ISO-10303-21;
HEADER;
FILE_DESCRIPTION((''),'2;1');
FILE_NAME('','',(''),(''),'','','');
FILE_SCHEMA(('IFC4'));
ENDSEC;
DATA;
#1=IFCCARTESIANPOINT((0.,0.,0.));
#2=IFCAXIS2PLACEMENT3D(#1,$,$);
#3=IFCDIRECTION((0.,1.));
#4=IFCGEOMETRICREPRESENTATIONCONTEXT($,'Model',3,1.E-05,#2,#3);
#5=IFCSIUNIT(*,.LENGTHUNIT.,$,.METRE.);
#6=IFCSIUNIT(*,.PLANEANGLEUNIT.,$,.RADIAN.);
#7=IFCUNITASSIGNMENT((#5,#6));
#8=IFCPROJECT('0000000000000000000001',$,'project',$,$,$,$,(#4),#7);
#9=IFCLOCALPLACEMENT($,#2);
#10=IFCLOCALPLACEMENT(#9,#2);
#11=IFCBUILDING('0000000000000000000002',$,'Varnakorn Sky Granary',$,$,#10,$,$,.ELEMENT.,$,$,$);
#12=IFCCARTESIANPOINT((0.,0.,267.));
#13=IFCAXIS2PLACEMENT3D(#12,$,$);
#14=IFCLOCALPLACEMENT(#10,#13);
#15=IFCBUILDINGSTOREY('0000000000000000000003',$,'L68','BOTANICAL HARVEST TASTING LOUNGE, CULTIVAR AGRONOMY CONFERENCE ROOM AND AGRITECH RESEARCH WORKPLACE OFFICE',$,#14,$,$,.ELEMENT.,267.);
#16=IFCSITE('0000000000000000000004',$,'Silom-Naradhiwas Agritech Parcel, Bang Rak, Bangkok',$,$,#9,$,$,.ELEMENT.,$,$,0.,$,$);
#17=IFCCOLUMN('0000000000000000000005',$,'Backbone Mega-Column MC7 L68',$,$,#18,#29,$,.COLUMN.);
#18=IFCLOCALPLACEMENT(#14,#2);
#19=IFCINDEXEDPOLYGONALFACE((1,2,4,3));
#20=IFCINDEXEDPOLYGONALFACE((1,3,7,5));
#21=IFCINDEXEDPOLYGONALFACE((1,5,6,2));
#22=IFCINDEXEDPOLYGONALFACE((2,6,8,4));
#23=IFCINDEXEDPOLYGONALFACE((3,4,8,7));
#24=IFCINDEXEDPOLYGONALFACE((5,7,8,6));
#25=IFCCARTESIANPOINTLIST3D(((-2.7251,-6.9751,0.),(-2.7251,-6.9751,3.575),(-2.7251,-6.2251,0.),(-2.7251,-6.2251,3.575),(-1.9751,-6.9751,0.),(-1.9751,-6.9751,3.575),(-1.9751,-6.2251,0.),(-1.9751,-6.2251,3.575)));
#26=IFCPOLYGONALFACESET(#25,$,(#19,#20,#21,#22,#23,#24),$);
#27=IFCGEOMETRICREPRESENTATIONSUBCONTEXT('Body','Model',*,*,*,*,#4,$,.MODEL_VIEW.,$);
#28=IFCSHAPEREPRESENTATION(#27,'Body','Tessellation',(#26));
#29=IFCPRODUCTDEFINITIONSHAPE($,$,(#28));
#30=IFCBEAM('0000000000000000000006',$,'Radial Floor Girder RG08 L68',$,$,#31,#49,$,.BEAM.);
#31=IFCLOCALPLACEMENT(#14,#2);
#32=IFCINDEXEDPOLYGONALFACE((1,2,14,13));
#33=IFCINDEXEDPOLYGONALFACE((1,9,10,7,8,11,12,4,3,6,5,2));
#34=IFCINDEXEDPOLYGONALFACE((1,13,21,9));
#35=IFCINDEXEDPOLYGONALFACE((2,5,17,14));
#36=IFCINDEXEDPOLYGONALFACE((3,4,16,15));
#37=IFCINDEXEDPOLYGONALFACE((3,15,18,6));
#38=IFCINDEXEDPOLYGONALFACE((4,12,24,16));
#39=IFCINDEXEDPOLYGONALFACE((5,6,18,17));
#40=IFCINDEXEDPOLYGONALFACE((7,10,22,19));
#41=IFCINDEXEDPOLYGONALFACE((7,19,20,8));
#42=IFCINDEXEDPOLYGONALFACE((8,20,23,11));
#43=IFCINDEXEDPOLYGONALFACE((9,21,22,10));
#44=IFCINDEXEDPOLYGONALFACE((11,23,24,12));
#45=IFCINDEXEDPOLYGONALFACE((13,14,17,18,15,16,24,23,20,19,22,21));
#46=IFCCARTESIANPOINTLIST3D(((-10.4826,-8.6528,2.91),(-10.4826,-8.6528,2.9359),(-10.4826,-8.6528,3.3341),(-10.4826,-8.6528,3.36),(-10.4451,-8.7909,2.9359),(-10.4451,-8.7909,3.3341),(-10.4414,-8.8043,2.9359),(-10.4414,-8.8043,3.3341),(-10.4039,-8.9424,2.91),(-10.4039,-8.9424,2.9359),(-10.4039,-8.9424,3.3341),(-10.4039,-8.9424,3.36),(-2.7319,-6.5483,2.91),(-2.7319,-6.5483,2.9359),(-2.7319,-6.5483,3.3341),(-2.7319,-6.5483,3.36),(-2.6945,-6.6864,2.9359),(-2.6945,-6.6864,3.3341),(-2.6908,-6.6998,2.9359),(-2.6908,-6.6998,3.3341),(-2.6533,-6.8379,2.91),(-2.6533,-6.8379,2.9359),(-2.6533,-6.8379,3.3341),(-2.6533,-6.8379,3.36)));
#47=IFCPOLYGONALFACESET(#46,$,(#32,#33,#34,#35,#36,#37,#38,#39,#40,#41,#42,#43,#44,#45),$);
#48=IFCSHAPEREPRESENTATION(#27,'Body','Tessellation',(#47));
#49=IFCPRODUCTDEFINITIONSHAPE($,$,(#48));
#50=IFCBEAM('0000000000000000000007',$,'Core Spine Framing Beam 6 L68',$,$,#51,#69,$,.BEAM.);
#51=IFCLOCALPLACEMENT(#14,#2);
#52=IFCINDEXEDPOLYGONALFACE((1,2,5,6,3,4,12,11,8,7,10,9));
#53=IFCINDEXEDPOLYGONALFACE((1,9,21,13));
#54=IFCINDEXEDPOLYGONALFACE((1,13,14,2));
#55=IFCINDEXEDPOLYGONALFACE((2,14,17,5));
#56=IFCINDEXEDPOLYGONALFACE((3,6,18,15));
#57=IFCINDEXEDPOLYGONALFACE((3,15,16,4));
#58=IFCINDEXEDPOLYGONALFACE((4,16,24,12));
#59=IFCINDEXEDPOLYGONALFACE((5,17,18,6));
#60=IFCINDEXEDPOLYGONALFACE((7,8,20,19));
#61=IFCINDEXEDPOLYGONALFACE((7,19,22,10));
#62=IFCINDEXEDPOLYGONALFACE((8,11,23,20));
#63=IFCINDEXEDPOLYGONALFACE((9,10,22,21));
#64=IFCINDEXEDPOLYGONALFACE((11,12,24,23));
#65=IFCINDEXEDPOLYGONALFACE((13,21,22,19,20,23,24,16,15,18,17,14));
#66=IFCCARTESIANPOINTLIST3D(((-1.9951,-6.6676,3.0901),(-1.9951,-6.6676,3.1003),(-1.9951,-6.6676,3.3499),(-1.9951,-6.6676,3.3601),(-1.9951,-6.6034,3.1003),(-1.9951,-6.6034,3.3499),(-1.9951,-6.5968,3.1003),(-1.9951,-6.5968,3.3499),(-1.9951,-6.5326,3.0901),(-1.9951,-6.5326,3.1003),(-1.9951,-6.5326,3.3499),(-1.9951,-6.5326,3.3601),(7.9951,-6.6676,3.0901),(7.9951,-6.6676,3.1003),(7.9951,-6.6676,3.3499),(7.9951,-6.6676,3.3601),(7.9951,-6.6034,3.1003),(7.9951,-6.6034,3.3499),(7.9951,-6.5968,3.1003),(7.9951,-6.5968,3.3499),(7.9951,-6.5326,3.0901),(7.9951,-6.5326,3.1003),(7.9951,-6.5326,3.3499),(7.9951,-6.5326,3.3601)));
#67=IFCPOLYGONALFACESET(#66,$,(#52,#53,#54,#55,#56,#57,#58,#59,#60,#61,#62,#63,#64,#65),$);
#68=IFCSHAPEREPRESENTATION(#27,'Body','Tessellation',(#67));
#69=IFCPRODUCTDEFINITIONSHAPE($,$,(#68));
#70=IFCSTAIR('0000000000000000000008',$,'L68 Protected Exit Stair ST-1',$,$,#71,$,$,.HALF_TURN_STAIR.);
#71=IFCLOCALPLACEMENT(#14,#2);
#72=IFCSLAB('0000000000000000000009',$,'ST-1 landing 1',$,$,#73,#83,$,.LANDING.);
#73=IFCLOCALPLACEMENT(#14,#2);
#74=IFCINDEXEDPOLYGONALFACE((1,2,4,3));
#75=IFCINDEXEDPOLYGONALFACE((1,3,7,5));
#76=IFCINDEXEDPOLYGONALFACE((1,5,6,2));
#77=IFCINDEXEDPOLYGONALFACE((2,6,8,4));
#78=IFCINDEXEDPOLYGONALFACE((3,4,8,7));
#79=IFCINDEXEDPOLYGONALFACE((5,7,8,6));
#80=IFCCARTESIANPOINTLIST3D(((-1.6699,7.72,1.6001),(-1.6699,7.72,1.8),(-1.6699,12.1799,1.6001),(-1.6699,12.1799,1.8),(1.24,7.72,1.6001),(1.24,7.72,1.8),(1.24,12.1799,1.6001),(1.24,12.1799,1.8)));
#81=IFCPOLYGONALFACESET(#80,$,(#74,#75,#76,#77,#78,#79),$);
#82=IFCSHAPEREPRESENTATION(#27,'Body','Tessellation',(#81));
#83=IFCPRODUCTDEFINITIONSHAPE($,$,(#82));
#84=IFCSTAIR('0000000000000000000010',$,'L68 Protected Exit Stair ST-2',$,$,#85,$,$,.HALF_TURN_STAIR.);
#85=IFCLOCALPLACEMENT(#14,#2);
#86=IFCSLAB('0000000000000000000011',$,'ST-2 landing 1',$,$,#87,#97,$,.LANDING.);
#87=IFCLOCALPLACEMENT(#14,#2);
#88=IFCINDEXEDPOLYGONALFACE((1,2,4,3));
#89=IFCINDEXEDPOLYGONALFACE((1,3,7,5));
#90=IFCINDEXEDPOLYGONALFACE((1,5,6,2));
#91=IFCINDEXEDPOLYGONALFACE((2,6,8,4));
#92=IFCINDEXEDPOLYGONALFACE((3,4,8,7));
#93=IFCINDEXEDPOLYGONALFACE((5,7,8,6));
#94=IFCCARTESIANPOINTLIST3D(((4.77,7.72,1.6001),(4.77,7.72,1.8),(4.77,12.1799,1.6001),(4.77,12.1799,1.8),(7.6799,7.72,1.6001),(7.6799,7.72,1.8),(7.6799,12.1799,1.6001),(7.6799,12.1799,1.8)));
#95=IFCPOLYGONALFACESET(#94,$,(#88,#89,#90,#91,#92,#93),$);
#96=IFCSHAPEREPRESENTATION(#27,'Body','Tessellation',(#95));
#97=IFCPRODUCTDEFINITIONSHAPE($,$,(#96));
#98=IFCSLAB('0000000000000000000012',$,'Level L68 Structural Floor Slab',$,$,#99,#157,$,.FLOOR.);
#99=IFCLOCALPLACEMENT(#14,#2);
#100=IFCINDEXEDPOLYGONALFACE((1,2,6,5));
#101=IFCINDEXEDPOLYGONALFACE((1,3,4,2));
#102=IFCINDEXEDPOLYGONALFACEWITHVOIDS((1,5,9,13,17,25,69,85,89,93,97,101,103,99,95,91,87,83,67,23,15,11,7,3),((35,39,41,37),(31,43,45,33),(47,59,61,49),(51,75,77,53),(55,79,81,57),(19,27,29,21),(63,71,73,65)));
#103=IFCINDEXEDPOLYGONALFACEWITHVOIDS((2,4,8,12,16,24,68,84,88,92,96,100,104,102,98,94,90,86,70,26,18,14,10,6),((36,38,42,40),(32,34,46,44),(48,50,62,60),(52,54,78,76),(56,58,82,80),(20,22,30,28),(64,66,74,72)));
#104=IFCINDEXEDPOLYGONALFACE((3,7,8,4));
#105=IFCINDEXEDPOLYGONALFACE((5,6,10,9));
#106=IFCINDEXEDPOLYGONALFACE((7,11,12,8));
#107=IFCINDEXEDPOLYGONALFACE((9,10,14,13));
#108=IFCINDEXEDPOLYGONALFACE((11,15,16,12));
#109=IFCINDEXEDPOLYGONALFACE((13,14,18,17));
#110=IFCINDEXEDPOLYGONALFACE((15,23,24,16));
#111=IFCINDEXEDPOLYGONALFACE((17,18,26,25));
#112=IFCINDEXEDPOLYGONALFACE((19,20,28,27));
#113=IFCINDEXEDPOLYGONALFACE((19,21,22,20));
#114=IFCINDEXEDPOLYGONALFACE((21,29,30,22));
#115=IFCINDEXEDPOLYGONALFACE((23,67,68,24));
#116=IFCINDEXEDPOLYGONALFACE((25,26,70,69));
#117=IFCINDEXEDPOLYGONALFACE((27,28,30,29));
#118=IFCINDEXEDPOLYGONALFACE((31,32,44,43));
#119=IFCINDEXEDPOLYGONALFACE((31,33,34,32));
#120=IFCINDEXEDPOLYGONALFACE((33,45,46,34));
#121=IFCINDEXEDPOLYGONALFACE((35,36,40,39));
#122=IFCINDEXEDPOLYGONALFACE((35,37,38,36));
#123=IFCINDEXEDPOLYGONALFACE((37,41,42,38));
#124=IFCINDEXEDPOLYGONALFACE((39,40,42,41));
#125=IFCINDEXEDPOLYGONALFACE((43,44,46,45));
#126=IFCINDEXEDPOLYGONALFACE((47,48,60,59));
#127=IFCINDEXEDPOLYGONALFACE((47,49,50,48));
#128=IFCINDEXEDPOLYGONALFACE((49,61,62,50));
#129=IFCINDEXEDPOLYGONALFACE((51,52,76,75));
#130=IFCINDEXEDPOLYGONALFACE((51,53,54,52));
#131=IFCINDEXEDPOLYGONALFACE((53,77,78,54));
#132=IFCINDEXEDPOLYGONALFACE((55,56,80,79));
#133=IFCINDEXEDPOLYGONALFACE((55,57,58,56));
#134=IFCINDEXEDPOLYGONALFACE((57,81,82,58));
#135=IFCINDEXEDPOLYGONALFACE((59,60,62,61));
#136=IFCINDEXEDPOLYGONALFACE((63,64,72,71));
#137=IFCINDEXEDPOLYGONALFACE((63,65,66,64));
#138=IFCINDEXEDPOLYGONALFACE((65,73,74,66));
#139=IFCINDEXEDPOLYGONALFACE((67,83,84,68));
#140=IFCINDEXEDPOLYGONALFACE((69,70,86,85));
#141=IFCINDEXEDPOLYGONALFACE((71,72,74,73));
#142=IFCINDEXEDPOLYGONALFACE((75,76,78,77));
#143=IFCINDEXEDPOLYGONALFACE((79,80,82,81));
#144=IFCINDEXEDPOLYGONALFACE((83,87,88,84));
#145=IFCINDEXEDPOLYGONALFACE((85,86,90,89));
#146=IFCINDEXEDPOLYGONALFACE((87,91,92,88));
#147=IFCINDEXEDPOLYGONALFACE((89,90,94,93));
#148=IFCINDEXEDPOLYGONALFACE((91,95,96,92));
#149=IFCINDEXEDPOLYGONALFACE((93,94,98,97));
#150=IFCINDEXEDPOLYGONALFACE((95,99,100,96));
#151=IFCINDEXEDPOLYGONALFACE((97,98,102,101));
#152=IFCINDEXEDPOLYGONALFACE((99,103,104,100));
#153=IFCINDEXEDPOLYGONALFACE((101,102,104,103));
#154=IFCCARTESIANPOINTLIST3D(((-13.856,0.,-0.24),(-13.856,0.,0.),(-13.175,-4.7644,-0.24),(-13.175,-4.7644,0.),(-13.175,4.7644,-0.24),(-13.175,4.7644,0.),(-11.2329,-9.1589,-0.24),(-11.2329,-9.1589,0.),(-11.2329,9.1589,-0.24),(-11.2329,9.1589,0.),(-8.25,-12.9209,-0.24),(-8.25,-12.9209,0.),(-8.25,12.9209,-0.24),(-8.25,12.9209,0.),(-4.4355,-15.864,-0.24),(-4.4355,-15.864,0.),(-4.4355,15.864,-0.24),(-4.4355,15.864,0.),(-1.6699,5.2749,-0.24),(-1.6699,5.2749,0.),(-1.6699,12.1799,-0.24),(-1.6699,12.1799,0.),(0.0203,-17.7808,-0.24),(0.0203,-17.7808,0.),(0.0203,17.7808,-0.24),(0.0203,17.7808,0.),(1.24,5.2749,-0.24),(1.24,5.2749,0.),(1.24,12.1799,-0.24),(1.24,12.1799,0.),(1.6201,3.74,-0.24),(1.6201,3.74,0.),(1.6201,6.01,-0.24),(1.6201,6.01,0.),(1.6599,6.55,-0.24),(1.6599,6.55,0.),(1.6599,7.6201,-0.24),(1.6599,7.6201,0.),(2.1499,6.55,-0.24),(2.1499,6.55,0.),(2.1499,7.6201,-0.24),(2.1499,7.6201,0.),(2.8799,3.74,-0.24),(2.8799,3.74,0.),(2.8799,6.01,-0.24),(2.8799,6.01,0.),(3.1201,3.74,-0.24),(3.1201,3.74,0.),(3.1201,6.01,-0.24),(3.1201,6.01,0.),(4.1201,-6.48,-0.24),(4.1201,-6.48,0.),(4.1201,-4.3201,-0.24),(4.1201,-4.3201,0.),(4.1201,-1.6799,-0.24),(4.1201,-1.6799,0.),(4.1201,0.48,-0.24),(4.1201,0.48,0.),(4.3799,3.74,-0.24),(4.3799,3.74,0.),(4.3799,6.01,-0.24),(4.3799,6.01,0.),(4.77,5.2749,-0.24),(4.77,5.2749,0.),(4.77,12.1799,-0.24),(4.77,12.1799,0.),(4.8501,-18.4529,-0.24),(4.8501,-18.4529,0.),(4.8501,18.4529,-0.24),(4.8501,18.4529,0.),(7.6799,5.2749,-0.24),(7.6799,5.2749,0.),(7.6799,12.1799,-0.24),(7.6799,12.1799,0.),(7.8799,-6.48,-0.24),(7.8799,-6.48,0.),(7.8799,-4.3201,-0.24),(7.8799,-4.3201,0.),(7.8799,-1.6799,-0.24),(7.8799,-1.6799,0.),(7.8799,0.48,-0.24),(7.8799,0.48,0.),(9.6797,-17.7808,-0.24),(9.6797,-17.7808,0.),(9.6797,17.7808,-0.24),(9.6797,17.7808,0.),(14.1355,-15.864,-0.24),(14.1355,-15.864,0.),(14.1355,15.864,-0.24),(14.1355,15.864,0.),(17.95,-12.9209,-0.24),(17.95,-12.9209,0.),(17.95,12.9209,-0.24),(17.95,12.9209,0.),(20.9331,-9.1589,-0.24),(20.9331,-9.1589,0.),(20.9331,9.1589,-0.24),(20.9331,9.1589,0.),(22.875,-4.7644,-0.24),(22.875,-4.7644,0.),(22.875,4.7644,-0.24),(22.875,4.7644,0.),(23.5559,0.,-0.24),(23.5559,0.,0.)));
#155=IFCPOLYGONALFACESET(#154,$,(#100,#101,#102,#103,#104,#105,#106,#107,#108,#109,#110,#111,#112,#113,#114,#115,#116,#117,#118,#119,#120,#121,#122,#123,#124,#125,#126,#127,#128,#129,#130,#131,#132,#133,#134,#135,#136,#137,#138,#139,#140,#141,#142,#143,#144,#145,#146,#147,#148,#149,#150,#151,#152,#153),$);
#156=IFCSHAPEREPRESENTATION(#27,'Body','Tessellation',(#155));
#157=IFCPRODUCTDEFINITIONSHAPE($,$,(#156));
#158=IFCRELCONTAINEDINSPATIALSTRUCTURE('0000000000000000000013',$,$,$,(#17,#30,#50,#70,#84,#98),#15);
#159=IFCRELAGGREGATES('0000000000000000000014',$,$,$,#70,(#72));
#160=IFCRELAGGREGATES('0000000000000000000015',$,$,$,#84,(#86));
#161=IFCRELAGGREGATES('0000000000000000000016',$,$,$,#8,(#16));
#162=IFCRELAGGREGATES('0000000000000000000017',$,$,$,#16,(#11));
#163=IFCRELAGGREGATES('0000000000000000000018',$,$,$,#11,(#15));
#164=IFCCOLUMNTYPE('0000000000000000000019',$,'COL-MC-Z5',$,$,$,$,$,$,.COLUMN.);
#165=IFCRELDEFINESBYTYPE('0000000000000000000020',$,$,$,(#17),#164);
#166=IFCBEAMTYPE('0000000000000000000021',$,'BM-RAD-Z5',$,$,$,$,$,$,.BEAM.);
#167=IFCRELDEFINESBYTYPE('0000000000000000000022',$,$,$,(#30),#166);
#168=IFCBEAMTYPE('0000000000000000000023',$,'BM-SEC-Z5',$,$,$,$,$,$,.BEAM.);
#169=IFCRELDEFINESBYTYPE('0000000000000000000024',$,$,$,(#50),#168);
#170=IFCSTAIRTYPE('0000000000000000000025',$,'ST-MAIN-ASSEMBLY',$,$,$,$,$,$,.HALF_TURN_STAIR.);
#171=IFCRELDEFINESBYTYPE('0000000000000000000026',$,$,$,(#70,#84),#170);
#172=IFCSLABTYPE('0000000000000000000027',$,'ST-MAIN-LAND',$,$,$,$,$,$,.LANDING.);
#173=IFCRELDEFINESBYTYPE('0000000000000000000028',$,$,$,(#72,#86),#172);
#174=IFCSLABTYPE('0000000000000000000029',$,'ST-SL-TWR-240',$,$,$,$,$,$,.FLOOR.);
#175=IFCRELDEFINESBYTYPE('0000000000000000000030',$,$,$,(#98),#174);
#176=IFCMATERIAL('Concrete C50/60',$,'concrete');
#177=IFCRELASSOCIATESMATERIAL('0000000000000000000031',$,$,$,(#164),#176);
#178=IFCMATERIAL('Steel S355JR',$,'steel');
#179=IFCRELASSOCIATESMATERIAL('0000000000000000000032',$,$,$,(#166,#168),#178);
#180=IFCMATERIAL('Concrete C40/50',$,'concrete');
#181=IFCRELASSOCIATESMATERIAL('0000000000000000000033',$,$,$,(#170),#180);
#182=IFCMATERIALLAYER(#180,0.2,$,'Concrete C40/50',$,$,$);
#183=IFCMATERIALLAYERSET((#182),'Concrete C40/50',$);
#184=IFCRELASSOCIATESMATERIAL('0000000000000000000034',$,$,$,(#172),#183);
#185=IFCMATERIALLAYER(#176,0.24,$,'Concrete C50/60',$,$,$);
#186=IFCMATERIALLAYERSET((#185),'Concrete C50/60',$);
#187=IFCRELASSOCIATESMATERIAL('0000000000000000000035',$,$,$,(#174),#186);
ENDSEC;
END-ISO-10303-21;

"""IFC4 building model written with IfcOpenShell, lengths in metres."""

from ifc_helpers import new_model, si_unit, direction, frame, origin, origin_2d, place, context, subcontext, project, spatial, polyline, rectangle, i_section, outline, extrude, material, layer, layer_set, material_profile, profile_set, type_object, element, aggregate, save


model = new_model("IFC4")

# Units and contexts
model_context = context("Model", 3, precision=1e-05, world=origin(), true_north=direction((0.0, 1.0)))
body_context = subcontext(model_context, "Body", "Model", "MODEL_VIEW")
ifc_project = project(units=[si_unit("LENGTHUNIT", "METRE"), si_unit("PLANEANGLEUNIT", "RADIAN")], contexts=[model_context])

# Site, building, storey
site_placement = place(None, origin())
site = spatial("IfcSite", under=ifc_project, at=site_placement, Name="Silom-Naradhiwas Agritech Parcel, Bang Rak, Bangkok", CompositionType="ELEMENT", RefElevation=0.0)
building_placement = place(site_placement, origin())
building = spatial("IfcBuilding", under=site, at=building_placement, Name="Varnakorn Sky Granary", CompositionType="ELEMENT")
storey_placement = place(building_placement, frame((0.0, 0.0, 267.0)))
storey = spatial("IfcBuildingStorey", under=building, at=storey_placement, Name="L68", Description="BOTANICAL HARVEST TASTING LOUNGE, CULTIVAR AGRONOMY CONFERENCE ROOM AND AGRITECH RESEARCH WORKPLACE OFFICE", CompositionType="ELEMENT", Elevation=267.0)

# Column
ifc_material_1 = material(Name="Concrete C50/60", Category="concrete")
ifc_material_profile_1 = material_profile(ifc_material_1, rectangle(XDim=0.75, YDim=0.75, at=origin_2d()), Name="RC 750x750")
ifc_profile_set_1 = profile_set([ifc_material_profile_1], Name="Concrete C50/60")
column_type = type_object("IfcColumnType", Name="COL-MC-Z5", PredefinedType="COLUMN", material=ifc_profile_set_1)
column_placement = place(storey_placement, frame((-2.3501, -6.6001, 0.0), z_axis=(0.0, 0.0, 1.0), x_axis=(1.0, 0.0, 0.0)))
element("IfcColumn", 1, at=column_placement, inside=storey, type_object=column_type, Name="Backbone Mega-Column MC7 L68", PredefinedType="COLUMN", context=body_context, shape_type="SweptSolid", body=[
    extrude(rectangle(XDim=0.75, YDim=0.75, at=origin_2d()), origin(), (0.0, 0.0, 1.0), 3.575),
])

# Beams
ifc_material_2 = material(Name="Steel S355JR", Category="steel")
ifc_material_profile_2 = material_profile(ifc_material_2, i_section(OverallWidth=0.3, OverallDepth=0.45, WebThickness=0.0139, FlangeThickness=0.0259, at=origin_2d()), Name="HE 450 B")
ifc_profile_set_2 = profile_set([ifc_material_profile_2], Name="Steel S355JR")
beam_type_1 = type_object("IfcBeamType", Name="BM-RAD-Z5", PredefinedType="BEAM", material=ifc_profile_set_2)
beam_1_placement = place(storey_placement, frame((-2.6926, -6.6931, 3.135), z_axis=(-0.965059, -0.262034, 0.0), x_axis=(0.262034, -0.965059, 0.0)))
element("IfcBeam", 2, at=beam_1_placement, inside=storey, type_object=beam_type_1, Name="Radial Floor Girder RG08 L68", PredefinedType="BEAM", context=body_context, shape_type="SweptSolid", body=[
    extrude(i_section(OverallWidth=0.3, OverallDepth=0.45, WebThickness=0.0139, FlangeThickness=0.0259, at=origin_2d()), origin(), (0.0, 0.0, 1.0), 8.0312),
])
ifc_material_profile_3 = material_profile(ifc_material_2, i_section(OverallWidth=0.135, OverallDepth=0.27, WebThickness=0.0066, FlangeThickness=0.0103, at=origin_2d()), Name="IPE 270")
ifc_profile_set_3 = profile_set([ifc_material_profile_3], Name="Steel S355JR")
beam_type_2 = type_object("IfcBeamType", Name="BM-SEC-Z5", PredefinedType="BEAM", material=ifc_profile_set_3)
beam_2_placement = place(storey_placement, frame((-1.9951, -6.6001, 3.2251), z_axis=(1.0, 0.0, 0.0), x_axis=(0.0, 1.0, 0.0)))
element("IfcBeam", 3, at=beam_2_placement, inside=storey, type_object=beam_type_2, Name="Core Spine Framing Beam 6 L68", PredefinedType="BEAM", context=body_context, shape_type="SweptSolid", body=[
    extrude(i_section(OverallWidth=0.135, OverallDepth=0.27, WebThickness=0.0066, FlangeThickness=0.0103, at=origin_2d()), origin(), (0.0, 0.0, 1.0), 9.9902),
])

# Stairs, slabs
ifc_material_3 = material(Name="Concrete C40/50", Category="concrete")
stair_type = type_object("IfcStairType", Name="ST-MAIN-ASSEMBLY", PredefinedType="HALF_TURN_STAIR", material=ifc_material_3)
stair_1_placement = place(storey_placement, origin())
stair_1 = element("IfcStair", 4, at=stair_1_placement, inside=storey, type_object=stair_type, Name="L68 Protected Exit Stair ST-1", PredefinedType="HALF_TURN_STAIR")
ifc_layer_1 = layer(ifc_material_3, 0.2, Name="Concrete C40/50")
ifc_layer_set_1 = layer_set([ifc_layer_1], Name="Concrete C40/50")
slab_type_1 = type_object("IfcSlabType", Name="ST-MAIN-LAND", PredefinedType="LANDING", material=ifc_layer_set_1)
slab_1_placement = place(storey_placement, frame((0.0, 0.0, 1.6001)))
slab_1 = element("IfcSlab", 5, at=slab_1_placement, type_object=slab_type_1, Name="ST-1 landing 1", PredefinedType="LANDING", context=body_context, shape_type="SweptSolid", body=[
    extrude(outline(polyline([(1.24, 7.72), (1.24, 12.1799), (-1.6699, 12.1799), (-1.6699, 7.72), (1.24, 7.72)])), origin(), (0.0, 0.0, 1.0), 0.2),
])
aggregate(stair_1, [slab_1])
stair_2_placement = place(storey_placement, origin())
stair_2 = element("IfcStair", 6, at=stair_2_placement, inside=storey, type_object=stair_type, Name="L68 Protected Exit Stair ST-2", PredefinedType="HALF_TURN_STAIR")
slab_2_placement = place(storey_placement, frame((0.0, 0.0, 1.6001)))
slab_2 = element("IfcSlab", 7, at=slab_2_placement, type_object=slab_type_1, Name="ST-2 landing 1", PredefinedType="LANDING", context=body_context, shape_type="SweptSolid", body=[
    extrude(outline(polyline([(7.6799, 7.72), (7.6799, 12.1799), (4.77, 12.1799), (4.77, 7.72), (7.6799, 7.72)])), origin(), (0.0, 0.0, 1.0), 0.2),
])
aggregate(stair_2, [slab_2])

# Slab
ifc_layer_2 = layer(ifc_material_1, 0.24, Name="Concrete C50/60")
ifc_layer_set_2 = layer_set([ifc_layer_2], Name="Concrete C50/60")
slab_type_2 = type_object("IfcSlabType", Name="ST-SL-TWR-240", PredefinedType="FLOOR", material=ifc_layer_set_2)
slab_3_placement = place(storey_placement, frame((0.0, 0.0, -0.24)))
element("IfcSlab", 8, at=slab_3_placement, inside=storey, type_object=slab_type_2, Name="Level L68 Structural Floor Slab", PredefinedType="FLOOR", context=body_context, shape_type="SweptSolid", body=[
    extrude(outline(polyline([(23.5559, 0.0), (22.875, 4.7644), (20.9331, 9.1589), (17.95, 12.9209), (14.1355, 15.864), (9.6797, 17.7808), (4.8501, 18.4529), (0.0203, 17.7808), (-4.4355, 15.864), (-8.25, 12.9209), (-11.2329, 9.1589), (-13.175, 4.7644), (-13.856, 0.0), (-13.175, -4.7644), (-11.2329, -9.1589), (-8.25, -12.9209), (-4.4355, -15.864), (0.0203, -17.7808), (4.8501, -18.4529), (9.6797, -17.7808), (14.1355, -15.864), (17.95, -12.9209), (20.9331, -9.1589), (22.875, -4.7644), (23.5559, 0.0)]), holes=[polyline([(1.24, 5.2749), (1.24, 12.1799), (-1.6699, 12.1799), (-1.6699, 5.2749), (1.24, 5.2749)]), polyline([(7.6799, 5.2749), (7.6799, 12.1799), (4.77, 12.1799), (4.77, 5.2749), (7.6799, 5.2749)]), polyline([(1.6599, 6.55), (2.1499, 6.55), (2.1499, 7.6201), (1.6599, 7.6201), (1.6599, 6.55)]), polyline([(1.6201, 3.74), (2.8799, 3.74), (2.8799, 6.01), (1.6201, 6.01), (1.6201, 3.74)]), polyline([(3.1201, 3.74), (4.3799, 3.74), (4.3799, 6.01), (3.1201, 6.01), (3.1201, 3.74)]), polyline([(4.1201, -1.6799), (7.8799, -1.6799), (7.8799, 0.48), (4.1201, 0.48), (4.1201, -1.6799)]), polyline([(4.1201, -6.48), (7.8799, -6.48), (7.8799, -4.3201), (4.1201, -4.3201), (4.1201, -6.48)])]), origin(), (0.0, 0.0, 1.0), 0.24),
])

save(model, "model.ifc")
